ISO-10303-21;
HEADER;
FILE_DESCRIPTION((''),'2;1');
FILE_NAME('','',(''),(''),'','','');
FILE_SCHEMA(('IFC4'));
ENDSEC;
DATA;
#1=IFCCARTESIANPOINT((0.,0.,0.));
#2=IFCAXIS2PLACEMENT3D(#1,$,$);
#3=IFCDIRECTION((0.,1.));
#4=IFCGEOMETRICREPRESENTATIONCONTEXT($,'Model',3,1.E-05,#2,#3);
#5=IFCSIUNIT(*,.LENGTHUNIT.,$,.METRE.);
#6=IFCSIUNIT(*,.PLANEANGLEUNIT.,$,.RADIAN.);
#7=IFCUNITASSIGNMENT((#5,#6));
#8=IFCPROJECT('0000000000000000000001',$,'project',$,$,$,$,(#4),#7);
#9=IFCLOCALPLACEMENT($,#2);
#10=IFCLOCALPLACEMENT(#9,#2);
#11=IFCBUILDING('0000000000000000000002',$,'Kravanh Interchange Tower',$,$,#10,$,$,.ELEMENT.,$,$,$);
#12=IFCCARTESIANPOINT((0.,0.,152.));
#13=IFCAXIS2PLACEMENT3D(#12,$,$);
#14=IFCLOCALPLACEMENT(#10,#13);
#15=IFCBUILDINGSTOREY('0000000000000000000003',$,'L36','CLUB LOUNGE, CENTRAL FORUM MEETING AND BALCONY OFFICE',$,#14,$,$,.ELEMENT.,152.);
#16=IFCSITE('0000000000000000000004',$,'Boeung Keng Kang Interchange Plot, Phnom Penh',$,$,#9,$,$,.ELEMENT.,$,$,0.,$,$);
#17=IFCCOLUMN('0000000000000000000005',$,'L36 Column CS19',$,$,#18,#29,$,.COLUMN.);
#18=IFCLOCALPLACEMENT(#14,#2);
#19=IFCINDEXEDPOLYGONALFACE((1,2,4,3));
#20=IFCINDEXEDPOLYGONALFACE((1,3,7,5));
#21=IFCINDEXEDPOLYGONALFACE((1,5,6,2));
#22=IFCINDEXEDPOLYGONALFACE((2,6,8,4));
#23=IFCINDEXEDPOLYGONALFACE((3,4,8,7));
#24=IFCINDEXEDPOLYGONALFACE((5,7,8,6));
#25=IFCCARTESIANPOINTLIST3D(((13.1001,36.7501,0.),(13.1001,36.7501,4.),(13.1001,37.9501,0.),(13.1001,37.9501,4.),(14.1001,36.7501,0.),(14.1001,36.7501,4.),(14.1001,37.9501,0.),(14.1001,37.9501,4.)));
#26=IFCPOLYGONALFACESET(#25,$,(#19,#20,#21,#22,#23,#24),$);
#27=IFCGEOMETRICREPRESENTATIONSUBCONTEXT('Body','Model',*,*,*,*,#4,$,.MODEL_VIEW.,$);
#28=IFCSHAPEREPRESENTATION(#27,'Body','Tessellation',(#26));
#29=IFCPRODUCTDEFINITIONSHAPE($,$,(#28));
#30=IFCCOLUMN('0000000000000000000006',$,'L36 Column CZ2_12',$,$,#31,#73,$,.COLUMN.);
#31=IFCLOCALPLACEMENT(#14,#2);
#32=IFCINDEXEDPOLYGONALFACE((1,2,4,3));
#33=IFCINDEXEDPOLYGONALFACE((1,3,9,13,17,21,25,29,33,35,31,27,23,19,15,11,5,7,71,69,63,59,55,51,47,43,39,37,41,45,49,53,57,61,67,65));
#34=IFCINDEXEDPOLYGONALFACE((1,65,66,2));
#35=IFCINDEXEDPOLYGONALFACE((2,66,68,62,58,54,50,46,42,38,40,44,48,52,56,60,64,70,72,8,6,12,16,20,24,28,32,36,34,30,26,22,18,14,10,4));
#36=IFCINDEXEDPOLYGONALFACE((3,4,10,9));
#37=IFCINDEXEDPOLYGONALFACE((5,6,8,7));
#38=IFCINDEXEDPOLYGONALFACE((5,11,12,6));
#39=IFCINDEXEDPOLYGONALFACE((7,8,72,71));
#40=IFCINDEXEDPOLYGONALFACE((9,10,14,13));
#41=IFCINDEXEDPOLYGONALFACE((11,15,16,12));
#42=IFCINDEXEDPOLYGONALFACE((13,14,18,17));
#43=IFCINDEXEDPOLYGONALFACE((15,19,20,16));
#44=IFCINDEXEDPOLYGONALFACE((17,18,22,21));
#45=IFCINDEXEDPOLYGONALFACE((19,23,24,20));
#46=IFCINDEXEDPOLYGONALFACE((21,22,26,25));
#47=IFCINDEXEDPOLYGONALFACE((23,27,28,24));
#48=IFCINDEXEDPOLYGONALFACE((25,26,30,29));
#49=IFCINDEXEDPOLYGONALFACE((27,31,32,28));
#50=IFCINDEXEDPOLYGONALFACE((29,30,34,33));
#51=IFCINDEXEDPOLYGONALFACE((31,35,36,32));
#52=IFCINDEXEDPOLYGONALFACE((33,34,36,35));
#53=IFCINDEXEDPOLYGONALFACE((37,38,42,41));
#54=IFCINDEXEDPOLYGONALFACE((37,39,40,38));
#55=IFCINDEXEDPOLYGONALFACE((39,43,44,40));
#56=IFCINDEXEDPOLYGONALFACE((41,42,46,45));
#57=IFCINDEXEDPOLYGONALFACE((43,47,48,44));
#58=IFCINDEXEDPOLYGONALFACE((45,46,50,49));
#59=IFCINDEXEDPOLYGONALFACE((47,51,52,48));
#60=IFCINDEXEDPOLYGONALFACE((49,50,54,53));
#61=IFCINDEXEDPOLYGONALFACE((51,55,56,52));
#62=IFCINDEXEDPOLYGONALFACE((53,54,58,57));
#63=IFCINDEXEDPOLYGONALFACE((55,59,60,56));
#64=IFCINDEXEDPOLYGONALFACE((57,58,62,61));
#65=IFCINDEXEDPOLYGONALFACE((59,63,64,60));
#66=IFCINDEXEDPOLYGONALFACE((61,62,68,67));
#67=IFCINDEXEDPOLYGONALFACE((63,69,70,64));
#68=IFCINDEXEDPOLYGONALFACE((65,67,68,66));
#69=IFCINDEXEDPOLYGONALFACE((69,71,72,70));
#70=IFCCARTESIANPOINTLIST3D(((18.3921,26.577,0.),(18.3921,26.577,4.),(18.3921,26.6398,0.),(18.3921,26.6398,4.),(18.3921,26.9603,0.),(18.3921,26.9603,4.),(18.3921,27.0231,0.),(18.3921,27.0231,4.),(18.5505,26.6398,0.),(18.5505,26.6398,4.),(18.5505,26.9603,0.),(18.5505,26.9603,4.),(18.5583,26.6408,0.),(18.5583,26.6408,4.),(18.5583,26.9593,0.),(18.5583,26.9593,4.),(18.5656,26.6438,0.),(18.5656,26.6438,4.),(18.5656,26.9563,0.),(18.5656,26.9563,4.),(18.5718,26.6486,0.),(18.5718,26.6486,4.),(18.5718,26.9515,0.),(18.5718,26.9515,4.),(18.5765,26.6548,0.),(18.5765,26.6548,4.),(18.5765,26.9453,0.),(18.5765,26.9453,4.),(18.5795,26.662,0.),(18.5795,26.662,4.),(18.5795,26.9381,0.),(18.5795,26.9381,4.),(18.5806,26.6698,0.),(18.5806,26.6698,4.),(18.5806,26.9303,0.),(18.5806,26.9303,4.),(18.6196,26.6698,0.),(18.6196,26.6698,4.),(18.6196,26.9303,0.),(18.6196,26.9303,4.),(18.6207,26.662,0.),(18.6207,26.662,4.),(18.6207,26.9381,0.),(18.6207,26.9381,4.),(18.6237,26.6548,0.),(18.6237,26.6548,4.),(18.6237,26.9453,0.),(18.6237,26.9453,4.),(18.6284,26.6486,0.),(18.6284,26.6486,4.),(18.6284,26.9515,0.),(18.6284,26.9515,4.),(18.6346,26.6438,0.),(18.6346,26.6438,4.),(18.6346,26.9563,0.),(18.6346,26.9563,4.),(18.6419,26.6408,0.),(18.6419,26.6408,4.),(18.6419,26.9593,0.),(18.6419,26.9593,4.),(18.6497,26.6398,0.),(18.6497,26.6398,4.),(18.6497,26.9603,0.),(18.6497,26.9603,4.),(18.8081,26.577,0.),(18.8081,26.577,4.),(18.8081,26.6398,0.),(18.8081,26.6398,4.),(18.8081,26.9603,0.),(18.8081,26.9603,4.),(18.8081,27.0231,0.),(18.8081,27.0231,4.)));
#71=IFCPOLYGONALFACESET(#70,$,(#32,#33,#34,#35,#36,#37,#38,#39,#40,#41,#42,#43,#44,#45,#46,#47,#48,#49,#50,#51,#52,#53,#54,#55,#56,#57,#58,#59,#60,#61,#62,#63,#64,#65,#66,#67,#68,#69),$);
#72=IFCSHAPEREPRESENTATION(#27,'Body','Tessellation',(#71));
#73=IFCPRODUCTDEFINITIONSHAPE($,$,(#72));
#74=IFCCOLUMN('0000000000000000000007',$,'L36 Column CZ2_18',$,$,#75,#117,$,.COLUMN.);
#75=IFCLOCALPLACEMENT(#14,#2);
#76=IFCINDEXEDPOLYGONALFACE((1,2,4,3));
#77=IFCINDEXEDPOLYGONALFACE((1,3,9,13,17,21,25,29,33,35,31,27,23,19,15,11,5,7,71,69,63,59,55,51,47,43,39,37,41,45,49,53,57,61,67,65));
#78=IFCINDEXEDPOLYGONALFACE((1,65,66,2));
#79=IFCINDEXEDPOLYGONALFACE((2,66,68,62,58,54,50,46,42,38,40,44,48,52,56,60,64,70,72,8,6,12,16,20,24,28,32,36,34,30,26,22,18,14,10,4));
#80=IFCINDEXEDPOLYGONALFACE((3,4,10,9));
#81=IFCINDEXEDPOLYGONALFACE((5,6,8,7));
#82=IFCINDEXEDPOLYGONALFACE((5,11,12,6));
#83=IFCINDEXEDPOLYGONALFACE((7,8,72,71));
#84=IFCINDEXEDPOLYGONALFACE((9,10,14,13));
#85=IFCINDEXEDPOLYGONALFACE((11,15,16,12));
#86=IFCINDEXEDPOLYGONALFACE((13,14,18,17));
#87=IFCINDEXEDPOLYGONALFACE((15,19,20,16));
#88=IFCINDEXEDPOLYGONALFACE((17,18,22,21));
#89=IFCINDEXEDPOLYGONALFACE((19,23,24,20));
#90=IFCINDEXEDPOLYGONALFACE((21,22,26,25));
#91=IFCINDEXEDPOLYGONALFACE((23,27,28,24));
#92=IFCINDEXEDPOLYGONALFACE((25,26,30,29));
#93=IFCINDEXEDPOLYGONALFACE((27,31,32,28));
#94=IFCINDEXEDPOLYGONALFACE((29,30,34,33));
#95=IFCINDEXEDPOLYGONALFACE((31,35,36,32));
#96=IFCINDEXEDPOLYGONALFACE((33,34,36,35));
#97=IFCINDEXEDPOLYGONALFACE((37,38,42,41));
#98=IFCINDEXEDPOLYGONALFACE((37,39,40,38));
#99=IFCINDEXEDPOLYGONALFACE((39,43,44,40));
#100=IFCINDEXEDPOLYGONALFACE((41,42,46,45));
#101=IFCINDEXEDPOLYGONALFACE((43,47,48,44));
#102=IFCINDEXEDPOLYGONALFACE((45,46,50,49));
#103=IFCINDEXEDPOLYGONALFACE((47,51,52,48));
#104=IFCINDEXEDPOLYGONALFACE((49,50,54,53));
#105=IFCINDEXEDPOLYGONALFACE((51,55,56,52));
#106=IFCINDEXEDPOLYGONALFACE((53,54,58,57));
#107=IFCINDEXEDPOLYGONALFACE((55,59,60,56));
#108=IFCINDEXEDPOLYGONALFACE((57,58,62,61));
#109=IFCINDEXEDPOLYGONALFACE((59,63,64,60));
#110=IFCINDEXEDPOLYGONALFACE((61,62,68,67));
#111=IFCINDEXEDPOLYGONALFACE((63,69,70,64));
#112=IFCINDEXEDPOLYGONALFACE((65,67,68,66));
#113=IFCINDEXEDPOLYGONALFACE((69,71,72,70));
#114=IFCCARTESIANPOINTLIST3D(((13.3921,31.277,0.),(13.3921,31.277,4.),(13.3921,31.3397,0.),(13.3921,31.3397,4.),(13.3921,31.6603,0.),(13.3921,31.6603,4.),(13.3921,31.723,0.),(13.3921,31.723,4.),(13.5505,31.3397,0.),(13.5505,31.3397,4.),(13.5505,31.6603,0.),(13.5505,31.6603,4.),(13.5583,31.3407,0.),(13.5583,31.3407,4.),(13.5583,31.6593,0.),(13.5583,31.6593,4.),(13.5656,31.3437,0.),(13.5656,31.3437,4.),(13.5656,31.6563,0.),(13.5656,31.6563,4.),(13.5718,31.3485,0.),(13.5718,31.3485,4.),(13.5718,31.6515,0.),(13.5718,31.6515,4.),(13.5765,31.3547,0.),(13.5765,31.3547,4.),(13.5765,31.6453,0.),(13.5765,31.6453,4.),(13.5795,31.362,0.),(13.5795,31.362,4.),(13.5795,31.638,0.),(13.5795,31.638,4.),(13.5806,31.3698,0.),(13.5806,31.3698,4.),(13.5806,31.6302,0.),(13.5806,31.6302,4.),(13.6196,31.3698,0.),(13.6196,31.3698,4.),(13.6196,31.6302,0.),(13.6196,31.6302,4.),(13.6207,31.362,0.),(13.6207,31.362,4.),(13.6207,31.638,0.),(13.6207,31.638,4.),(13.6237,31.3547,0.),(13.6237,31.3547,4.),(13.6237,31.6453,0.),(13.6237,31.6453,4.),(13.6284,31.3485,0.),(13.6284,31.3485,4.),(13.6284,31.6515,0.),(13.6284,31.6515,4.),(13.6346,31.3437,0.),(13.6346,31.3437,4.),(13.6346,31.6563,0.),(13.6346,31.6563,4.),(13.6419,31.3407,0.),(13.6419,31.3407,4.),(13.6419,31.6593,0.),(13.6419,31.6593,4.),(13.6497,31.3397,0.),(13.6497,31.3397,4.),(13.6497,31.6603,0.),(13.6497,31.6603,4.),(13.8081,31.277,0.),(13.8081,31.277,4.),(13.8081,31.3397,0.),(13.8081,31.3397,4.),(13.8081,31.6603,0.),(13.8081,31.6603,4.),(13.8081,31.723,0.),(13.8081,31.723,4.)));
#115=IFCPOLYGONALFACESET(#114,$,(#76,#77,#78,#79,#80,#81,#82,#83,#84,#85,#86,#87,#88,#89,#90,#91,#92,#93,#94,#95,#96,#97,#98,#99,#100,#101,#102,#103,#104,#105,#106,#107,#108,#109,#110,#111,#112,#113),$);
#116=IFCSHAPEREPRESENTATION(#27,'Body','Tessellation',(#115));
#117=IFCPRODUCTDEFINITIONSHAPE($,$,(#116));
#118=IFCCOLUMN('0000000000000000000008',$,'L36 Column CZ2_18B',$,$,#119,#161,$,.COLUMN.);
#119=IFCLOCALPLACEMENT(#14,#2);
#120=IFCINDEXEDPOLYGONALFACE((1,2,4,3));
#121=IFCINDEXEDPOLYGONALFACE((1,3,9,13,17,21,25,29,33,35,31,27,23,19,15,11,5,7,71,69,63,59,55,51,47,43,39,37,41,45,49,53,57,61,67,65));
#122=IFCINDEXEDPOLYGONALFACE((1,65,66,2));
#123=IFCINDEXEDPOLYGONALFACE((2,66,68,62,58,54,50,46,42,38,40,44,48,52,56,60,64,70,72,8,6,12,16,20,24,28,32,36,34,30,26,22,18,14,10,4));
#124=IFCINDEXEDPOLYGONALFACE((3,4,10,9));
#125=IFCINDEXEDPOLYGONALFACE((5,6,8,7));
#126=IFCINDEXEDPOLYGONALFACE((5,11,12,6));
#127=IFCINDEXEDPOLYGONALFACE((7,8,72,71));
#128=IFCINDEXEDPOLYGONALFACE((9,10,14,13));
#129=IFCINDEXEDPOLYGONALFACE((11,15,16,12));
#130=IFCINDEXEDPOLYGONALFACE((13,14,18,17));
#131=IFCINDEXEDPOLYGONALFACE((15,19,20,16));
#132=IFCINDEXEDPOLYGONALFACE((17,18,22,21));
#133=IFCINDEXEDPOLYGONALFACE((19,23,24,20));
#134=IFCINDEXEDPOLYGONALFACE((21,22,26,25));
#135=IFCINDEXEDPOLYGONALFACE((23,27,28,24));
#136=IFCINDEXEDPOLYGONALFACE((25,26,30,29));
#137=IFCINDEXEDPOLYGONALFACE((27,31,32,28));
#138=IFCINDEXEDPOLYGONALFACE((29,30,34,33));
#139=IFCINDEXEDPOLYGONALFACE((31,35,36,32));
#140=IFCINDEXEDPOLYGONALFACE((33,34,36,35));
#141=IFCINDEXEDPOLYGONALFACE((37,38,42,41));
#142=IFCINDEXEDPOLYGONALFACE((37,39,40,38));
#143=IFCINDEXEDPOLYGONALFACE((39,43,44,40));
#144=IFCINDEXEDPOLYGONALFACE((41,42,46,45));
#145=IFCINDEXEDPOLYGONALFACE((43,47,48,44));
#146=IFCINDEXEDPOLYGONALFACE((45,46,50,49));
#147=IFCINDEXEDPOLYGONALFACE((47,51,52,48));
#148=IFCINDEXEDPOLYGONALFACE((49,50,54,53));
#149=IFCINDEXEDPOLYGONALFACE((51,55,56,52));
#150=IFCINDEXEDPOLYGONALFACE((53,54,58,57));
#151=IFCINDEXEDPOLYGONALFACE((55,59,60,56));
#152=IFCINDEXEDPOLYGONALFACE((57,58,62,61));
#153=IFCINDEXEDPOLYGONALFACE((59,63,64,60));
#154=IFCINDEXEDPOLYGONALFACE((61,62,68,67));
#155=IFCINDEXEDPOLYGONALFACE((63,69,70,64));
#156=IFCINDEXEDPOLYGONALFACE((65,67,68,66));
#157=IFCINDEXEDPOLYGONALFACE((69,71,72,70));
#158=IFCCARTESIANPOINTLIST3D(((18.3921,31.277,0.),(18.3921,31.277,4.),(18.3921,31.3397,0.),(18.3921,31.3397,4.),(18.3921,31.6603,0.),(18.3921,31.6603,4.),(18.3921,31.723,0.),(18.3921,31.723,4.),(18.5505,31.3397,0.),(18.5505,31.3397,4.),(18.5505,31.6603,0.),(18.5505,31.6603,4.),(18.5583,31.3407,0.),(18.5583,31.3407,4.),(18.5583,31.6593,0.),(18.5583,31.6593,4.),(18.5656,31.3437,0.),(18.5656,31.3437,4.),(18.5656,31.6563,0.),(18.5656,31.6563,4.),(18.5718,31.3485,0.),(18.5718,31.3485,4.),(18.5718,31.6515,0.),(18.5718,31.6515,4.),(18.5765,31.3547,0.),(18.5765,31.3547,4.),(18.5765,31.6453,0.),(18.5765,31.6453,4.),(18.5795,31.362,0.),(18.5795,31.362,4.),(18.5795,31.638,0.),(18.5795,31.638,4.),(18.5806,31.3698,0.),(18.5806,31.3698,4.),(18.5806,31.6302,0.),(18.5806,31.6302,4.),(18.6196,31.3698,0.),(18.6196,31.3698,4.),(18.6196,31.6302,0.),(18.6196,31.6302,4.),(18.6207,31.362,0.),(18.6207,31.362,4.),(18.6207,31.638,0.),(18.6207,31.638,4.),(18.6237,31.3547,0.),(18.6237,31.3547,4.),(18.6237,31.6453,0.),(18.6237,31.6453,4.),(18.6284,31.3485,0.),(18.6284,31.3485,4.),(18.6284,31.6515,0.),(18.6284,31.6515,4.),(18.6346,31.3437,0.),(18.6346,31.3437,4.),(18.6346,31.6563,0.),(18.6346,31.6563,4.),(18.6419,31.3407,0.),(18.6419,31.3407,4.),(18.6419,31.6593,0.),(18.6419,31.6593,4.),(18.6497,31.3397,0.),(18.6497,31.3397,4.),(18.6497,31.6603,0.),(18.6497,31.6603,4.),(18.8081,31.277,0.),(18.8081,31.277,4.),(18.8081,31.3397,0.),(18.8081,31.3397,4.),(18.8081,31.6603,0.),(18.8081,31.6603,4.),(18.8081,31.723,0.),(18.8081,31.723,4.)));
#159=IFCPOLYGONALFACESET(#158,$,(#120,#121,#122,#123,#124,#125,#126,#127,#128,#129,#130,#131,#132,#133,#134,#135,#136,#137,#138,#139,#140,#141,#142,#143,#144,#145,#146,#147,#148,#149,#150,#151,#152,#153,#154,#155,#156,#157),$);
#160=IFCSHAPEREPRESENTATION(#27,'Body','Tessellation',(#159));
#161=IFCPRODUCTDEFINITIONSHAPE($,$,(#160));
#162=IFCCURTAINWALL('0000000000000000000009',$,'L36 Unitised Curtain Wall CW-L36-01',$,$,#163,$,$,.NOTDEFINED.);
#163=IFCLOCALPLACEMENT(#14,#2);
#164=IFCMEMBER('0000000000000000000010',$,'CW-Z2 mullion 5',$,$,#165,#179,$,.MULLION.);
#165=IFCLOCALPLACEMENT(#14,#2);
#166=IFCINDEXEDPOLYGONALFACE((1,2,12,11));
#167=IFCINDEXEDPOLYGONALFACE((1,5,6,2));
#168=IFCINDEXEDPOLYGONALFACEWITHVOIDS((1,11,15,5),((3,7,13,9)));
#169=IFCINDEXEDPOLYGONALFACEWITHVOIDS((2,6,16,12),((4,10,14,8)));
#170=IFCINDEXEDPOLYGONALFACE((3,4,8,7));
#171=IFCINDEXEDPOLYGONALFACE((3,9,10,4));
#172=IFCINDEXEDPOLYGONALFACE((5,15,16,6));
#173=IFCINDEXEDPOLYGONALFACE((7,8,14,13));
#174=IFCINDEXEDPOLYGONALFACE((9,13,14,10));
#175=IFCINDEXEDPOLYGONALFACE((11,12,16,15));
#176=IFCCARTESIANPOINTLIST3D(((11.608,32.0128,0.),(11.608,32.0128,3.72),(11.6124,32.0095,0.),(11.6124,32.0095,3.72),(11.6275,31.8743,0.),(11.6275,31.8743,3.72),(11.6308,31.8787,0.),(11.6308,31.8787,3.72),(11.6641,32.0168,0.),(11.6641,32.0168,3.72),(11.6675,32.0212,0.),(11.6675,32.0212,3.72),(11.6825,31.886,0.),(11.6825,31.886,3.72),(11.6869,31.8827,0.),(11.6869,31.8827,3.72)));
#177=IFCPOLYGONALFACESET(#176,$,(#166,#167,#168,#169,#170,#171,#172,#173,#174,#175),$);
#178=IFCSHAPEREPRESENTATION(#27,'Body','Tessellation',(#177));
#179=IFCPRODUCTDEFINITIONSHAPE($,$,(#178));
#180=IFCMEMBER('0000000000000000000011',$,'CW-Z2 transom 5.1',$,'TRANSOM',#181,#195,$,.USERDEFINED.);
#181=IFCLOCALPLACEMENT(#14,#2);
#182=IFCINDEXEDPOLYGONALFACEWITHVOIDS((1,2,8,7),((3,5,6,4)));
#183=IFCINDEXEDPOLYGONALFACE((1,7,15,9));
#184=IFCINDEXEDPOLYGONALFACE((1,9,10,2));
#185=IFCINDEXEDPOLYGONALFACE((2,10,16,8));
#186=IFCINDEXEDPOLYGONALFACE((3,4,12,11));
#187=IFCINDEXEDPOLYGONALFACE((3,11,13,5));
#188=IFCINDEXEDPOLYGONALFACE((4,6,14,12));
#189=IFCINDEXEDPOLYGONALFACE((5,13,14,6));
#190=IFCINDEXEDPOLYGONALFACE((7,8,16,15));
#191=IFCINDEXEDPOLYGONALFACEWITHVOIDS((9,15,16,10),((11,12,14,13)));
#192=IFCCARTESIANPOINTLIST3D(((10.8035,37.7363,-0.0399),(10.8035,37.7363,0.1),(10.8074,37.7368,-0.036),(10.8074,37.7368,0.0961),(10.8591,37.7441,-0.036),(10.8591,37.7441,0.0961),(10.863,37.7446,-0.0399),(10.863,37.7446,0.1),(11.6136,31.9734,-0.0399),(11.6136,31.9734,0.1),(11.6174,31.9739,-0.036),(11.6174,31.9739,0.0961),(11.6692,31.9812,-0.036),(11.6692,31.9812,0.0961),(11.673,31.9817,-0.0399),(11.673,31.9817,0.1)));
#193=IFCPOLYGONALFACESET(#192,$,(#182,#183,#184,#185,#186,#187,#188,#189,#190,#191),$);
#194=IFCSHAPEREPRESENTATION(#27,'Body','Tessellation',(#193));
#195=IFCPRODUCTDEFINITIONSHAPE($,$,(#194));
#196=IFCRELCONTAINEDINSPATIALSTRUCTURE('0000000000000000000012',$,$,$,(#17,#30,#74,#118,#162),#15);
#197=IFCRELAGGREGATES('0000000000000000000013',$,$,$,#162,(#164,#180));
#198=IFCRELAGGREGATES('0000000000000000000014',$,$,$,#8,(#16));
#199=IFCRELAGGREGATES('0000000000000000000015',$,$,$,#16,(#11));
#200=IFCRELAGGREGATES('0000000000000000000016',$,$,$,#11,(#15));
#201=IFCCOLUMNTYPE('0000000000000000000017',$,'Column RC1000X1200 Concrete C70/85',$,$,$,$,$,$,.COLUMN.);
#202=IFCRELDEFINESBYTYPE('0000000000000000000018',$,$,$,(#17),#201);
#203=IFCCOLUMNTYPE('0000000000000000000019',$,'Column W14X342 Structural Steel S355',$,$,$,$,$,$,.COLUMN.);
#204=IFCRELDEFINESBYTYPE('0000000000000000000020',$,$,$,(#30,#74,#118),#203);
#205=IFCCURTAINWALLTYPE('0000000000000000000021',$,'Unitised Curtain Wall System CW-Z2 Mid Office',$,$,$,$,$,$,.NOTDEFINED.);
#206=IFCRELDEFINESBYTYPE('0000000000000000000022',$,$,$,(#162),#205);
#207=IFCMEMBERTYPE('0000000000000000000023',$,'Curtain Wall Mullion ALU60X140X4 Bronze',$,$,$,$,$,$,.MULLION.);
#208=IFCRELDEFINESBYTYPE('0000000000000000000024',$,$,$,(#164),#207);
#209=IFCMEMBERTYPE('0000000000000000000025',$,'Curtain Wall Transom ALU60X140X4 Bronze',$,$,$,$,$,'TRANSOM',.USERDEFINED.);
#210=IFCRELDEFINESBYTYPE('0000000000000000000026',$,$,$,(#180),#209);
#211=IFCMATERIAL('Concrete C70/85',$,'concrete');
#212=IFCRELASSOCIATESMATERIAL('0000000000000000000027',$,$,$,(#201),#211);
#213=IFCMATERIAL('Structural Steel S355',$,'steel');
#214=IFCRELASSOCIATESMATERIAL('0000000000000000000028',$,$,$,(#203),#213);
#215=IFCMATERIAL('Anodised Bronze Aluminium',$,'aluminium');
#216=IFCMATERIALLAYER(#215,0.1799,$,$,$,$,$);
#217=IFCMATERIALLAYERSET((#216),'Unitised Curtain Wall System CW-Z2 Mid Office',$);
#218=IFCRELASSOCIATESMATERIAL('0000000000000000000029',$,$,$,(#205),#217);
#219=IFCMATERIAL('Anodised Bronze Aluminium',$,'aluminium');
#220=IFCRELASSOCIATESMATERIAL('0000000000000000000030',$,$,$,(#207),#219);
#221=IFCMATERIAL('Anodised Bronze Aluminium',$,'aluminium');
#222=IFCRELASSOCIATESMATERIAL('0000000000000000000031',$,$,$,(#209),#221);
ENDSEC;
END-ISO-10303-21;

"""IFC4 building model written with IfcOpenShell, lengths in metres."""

from ifc_helpers import new_model, si_unit, direction, frame, origin, origin_2d, place, context, subcontext, project, spatial, rectangle, hollow_rectangle, i_section, extrude, material, layer, layer_set, material_profile, profile_set, type_object, element, aggregate, save


model = new_model("IFC4")

# Units and contexts
model_context = context("Model", 3, precision=1e-05, world=origin(), true_north=direction((0.0, 1.0)))
body_context = subcontext(model_context, "Body", "Model", "MODEL_VIEW")
ifc_project = project(units=[si_unit("LENGTHUNIT", "METRE"), si_unit("PLANEANGLEUNIT", "RADIAN")], contexts=[model_context])

# Site, building, storey
site_placement = place(None, origin())
site = spatial("IfcSite", under=ifc_project, at=site_placement, Name="Boeung Keng Kang Interchange Plot, Phnom Penh", CompositionType="ELEMENT", RefElevation=0.0)
building_placement = place(site_placement, origin())
building = spatial("IfcBuilding", under=site, at=building_placement, Name="Kravanh Interchange Tower", CompositionType="ELEMENT")
storey_placement = place(building_placement, frame((0.0, 0.0, 152.0)))
storey = spatial("IfcBuildingStorey", under=building, at=storey_placement, Name="L36", Description="CLUB LOUNGE, CENTRAL FORUM MEETING AND BALCONY OFFICE", CompositionType="ELEMENT", Elevation=152.0)

# Columns
ifc_material_1 = material(Name="Concrete C70/85", Category="concrete")
ifc_material_profile_1 = material_profile(ifc_material_1, rectangle(XDim=1.0, YDim=1.2, at=origin_2d()), Name="RC1000X1200")
ifc_profile_set_1 = profile_set([ifc_material_profile_1], Name="Concrete C70/85")
column_type_1 = type_object("IfcColumnType", Name="Column RC1000X1200 Concrete C70/85", PredefinedType="COLUMN", material=ifc_profile_set_1)
column_placement = place(storey_placement, frame((13.6001, 37.3501, 0.0), z_axis=(0.0, 0.0, 1.0), x_axis=(1.0, 0.0, 0.0)))
element("IfcColumn", 1, at=column_placement, inside=storey, type_object=column_type_1, Name="L36 Column CS19", PredefinedType="COLUMN", context=body_context, shape_type="SweptSolid", body=[
    extrude(rectangle(XDim=1.0, YDim=1.2, at=origin_2d()), origin(), (0.0, 0.0, 1.0), 4.0),
])
ifc_material_2 = material(Name="Structural Steel S355", Category="steel")
ifc_material_profile_2 = material_profile(ifc_material_2, i_section(OverallWidth=0.416, OverallDepth=0.446, WebThickness=0.0391, FlangeThickness=0.0627, FilletRadius=0.03, at=origin_2d()), Name="W14X342")
ifc_profile_set_2 = profile_set([ifc_material_profile_2], Name="Structural Steel S355")
column_type_2 = type_object("IfcColumnType", Name="Column W14X342 Structural Steel S355", PredefinedType="COLUMN", material=ifc_profile_set_2)
for number, where, z_axis, x_axis, name in (
    (2, (18.6001, 26.8, 0.0), (0.0, 0.0, 1.0), (1.0, 0.0, 0.0), "L36 Column CZ2_12"),
    (3, (13.6001, 31.5, 0.0), (0.0, 0.0, 1.0), (1.0, 0.0, 0.0), "L36 Column CZ2_18"),
    (4, (18.6001, 31.5, 0.0), (0.0, 0.0, 1.0), (1.0, 0.0, 0.0), "L36 Column CZ2_18B"),
):
    element("IfcColumn", number, at=place(storey_placement, frame(where, z_axis=z_axis, x_axis=x_axis)), inside=storey, type_object=column_type_2, Name=name, PredefinedType="COLUMN", context=body_context, shape_type="SweptSolid", body=[
        extrude(i_section(OverallWidth=0.416, OverallDepth=0.446, WebThickness=0.0391, FlangeThickness=0.0627, FilletRadius=0.03, at=origin_2d()), origin(), (0.0, 0.0, 1.0), 4.0),
    ])

# Curtain wall, members
ifc_material_3 = material(Name="Anodised Bronze Aluminium", Category="aluminium")
ifc_layer_1 = layer(ifc_material_3, 0.1799)
ifc_layer_set_1 = layer_set([ifc_layer_1], Name="Unitised Curtain Wall System CW-Z2 Mid Office")
curtain_wall_type = type_object("IfcCurtainWallType", Name="Unitised Curtain Wall System CW-Z2 Mid Office", PredefinedType="NOTDEFINED", material=ifc_layer_set_1)
curtain_wall_placement = place(storey_placement, origin())
curtain_wall = element("IfcCurtainWall", 5, at=curtain_wall_placement, inside=storey, type_object=curtain_wall_type, Name="L36 Unitised Curtain Wall CW-L36-01", PredefinedType="NOTDEFINED")
ifc_material_4 = material(Name="Anodised Bronze Aluminium", Category="aluminium")
ifc_material_profile_3 = material_profile(ifc_material_4, hollow_rectangle(XDim=0.0601, YDim=0.1399, WallThickness=0.0039, at=origin_2d()), Name="ALU60X140X4")
ifc_profile_set_3 = profile_set([ifc_material_profile_3], Name="Anodised Bronze Aluminium")
member_type_1 = type_object("IfcMemberType", Name="Curtain Wall Mullion ALU60X140X4 Bronze", PredefinedType="MULLION", material=ifc_profile_set_3)
member_1_placement = place(storey_placement, frame((11.6475, 31.9478, 0.0), z_axis=(0.0, 0.0, 1.0), x_axis=(-0.990268, -0.139173, 0.0)))
member_1 = element("IfcMember", 6, at=member_1_placement, type_object=member_type_1, Name="CW-Z2 mullion 5", PredefinedType="MULLION", context=body_context, shape_type="SweptSolid", body=[
    extrude(hollow_rectangle(XDim=0.0601, YDim=0.1399, WallThickness=0.0039, at=origin_2d()), origin(), (0.0, 0.0, 1.0), 3.72),
])
ifc_material_5 = material(Name="Anodised Bronze Aluminium", Category="aluminium")
ifc_material_profile_4 = material_profile(ifc_material_5, hollow_rectangle(XDim=0.0601, YDim=0.1399, WallThickness=0.0039, at=origin_2d()), Name="ALU60X140X4")
ifc_profile_set_4 = profile_set([ifc_material_profile_4], Name="Anodised Bronze Aluminium")
member_type_2 = type_object("IfcMemberType", Name="Curtain Wall Transom ALU60X140X4 Bronze", ElementType="TRANSOM", PredefinedType="USERDEFINED", material=ifc_profile_set_4)
member_2_placement = place(storey_placement, frame((11.6433, 31.9775, 0.03), z_axis=(-0.139195, 0.990265, 0.0), x_axis=(-0.990265, -0.139195, 0.0)))
member_2 = element("IfcMember", 7, at=member_2_placement, type_object=member_type_2, Name="CW-Z2 transom 5.1", ObjectType="TRANSOM", PredefinedType="USERDEFINED", context=body_context, shape_type="SweptSolid", body=[
    extrude(hollow_rectangle(XDim=0.0601, YDim=0.1399, WallThickness=0.0039, at=origin_2d()), origin(), (0.0, 0.0, 1.0), 5.8196),
])

aggregate(curtain_wall, [member_1, member_2])

save(model, "model.ifc")
